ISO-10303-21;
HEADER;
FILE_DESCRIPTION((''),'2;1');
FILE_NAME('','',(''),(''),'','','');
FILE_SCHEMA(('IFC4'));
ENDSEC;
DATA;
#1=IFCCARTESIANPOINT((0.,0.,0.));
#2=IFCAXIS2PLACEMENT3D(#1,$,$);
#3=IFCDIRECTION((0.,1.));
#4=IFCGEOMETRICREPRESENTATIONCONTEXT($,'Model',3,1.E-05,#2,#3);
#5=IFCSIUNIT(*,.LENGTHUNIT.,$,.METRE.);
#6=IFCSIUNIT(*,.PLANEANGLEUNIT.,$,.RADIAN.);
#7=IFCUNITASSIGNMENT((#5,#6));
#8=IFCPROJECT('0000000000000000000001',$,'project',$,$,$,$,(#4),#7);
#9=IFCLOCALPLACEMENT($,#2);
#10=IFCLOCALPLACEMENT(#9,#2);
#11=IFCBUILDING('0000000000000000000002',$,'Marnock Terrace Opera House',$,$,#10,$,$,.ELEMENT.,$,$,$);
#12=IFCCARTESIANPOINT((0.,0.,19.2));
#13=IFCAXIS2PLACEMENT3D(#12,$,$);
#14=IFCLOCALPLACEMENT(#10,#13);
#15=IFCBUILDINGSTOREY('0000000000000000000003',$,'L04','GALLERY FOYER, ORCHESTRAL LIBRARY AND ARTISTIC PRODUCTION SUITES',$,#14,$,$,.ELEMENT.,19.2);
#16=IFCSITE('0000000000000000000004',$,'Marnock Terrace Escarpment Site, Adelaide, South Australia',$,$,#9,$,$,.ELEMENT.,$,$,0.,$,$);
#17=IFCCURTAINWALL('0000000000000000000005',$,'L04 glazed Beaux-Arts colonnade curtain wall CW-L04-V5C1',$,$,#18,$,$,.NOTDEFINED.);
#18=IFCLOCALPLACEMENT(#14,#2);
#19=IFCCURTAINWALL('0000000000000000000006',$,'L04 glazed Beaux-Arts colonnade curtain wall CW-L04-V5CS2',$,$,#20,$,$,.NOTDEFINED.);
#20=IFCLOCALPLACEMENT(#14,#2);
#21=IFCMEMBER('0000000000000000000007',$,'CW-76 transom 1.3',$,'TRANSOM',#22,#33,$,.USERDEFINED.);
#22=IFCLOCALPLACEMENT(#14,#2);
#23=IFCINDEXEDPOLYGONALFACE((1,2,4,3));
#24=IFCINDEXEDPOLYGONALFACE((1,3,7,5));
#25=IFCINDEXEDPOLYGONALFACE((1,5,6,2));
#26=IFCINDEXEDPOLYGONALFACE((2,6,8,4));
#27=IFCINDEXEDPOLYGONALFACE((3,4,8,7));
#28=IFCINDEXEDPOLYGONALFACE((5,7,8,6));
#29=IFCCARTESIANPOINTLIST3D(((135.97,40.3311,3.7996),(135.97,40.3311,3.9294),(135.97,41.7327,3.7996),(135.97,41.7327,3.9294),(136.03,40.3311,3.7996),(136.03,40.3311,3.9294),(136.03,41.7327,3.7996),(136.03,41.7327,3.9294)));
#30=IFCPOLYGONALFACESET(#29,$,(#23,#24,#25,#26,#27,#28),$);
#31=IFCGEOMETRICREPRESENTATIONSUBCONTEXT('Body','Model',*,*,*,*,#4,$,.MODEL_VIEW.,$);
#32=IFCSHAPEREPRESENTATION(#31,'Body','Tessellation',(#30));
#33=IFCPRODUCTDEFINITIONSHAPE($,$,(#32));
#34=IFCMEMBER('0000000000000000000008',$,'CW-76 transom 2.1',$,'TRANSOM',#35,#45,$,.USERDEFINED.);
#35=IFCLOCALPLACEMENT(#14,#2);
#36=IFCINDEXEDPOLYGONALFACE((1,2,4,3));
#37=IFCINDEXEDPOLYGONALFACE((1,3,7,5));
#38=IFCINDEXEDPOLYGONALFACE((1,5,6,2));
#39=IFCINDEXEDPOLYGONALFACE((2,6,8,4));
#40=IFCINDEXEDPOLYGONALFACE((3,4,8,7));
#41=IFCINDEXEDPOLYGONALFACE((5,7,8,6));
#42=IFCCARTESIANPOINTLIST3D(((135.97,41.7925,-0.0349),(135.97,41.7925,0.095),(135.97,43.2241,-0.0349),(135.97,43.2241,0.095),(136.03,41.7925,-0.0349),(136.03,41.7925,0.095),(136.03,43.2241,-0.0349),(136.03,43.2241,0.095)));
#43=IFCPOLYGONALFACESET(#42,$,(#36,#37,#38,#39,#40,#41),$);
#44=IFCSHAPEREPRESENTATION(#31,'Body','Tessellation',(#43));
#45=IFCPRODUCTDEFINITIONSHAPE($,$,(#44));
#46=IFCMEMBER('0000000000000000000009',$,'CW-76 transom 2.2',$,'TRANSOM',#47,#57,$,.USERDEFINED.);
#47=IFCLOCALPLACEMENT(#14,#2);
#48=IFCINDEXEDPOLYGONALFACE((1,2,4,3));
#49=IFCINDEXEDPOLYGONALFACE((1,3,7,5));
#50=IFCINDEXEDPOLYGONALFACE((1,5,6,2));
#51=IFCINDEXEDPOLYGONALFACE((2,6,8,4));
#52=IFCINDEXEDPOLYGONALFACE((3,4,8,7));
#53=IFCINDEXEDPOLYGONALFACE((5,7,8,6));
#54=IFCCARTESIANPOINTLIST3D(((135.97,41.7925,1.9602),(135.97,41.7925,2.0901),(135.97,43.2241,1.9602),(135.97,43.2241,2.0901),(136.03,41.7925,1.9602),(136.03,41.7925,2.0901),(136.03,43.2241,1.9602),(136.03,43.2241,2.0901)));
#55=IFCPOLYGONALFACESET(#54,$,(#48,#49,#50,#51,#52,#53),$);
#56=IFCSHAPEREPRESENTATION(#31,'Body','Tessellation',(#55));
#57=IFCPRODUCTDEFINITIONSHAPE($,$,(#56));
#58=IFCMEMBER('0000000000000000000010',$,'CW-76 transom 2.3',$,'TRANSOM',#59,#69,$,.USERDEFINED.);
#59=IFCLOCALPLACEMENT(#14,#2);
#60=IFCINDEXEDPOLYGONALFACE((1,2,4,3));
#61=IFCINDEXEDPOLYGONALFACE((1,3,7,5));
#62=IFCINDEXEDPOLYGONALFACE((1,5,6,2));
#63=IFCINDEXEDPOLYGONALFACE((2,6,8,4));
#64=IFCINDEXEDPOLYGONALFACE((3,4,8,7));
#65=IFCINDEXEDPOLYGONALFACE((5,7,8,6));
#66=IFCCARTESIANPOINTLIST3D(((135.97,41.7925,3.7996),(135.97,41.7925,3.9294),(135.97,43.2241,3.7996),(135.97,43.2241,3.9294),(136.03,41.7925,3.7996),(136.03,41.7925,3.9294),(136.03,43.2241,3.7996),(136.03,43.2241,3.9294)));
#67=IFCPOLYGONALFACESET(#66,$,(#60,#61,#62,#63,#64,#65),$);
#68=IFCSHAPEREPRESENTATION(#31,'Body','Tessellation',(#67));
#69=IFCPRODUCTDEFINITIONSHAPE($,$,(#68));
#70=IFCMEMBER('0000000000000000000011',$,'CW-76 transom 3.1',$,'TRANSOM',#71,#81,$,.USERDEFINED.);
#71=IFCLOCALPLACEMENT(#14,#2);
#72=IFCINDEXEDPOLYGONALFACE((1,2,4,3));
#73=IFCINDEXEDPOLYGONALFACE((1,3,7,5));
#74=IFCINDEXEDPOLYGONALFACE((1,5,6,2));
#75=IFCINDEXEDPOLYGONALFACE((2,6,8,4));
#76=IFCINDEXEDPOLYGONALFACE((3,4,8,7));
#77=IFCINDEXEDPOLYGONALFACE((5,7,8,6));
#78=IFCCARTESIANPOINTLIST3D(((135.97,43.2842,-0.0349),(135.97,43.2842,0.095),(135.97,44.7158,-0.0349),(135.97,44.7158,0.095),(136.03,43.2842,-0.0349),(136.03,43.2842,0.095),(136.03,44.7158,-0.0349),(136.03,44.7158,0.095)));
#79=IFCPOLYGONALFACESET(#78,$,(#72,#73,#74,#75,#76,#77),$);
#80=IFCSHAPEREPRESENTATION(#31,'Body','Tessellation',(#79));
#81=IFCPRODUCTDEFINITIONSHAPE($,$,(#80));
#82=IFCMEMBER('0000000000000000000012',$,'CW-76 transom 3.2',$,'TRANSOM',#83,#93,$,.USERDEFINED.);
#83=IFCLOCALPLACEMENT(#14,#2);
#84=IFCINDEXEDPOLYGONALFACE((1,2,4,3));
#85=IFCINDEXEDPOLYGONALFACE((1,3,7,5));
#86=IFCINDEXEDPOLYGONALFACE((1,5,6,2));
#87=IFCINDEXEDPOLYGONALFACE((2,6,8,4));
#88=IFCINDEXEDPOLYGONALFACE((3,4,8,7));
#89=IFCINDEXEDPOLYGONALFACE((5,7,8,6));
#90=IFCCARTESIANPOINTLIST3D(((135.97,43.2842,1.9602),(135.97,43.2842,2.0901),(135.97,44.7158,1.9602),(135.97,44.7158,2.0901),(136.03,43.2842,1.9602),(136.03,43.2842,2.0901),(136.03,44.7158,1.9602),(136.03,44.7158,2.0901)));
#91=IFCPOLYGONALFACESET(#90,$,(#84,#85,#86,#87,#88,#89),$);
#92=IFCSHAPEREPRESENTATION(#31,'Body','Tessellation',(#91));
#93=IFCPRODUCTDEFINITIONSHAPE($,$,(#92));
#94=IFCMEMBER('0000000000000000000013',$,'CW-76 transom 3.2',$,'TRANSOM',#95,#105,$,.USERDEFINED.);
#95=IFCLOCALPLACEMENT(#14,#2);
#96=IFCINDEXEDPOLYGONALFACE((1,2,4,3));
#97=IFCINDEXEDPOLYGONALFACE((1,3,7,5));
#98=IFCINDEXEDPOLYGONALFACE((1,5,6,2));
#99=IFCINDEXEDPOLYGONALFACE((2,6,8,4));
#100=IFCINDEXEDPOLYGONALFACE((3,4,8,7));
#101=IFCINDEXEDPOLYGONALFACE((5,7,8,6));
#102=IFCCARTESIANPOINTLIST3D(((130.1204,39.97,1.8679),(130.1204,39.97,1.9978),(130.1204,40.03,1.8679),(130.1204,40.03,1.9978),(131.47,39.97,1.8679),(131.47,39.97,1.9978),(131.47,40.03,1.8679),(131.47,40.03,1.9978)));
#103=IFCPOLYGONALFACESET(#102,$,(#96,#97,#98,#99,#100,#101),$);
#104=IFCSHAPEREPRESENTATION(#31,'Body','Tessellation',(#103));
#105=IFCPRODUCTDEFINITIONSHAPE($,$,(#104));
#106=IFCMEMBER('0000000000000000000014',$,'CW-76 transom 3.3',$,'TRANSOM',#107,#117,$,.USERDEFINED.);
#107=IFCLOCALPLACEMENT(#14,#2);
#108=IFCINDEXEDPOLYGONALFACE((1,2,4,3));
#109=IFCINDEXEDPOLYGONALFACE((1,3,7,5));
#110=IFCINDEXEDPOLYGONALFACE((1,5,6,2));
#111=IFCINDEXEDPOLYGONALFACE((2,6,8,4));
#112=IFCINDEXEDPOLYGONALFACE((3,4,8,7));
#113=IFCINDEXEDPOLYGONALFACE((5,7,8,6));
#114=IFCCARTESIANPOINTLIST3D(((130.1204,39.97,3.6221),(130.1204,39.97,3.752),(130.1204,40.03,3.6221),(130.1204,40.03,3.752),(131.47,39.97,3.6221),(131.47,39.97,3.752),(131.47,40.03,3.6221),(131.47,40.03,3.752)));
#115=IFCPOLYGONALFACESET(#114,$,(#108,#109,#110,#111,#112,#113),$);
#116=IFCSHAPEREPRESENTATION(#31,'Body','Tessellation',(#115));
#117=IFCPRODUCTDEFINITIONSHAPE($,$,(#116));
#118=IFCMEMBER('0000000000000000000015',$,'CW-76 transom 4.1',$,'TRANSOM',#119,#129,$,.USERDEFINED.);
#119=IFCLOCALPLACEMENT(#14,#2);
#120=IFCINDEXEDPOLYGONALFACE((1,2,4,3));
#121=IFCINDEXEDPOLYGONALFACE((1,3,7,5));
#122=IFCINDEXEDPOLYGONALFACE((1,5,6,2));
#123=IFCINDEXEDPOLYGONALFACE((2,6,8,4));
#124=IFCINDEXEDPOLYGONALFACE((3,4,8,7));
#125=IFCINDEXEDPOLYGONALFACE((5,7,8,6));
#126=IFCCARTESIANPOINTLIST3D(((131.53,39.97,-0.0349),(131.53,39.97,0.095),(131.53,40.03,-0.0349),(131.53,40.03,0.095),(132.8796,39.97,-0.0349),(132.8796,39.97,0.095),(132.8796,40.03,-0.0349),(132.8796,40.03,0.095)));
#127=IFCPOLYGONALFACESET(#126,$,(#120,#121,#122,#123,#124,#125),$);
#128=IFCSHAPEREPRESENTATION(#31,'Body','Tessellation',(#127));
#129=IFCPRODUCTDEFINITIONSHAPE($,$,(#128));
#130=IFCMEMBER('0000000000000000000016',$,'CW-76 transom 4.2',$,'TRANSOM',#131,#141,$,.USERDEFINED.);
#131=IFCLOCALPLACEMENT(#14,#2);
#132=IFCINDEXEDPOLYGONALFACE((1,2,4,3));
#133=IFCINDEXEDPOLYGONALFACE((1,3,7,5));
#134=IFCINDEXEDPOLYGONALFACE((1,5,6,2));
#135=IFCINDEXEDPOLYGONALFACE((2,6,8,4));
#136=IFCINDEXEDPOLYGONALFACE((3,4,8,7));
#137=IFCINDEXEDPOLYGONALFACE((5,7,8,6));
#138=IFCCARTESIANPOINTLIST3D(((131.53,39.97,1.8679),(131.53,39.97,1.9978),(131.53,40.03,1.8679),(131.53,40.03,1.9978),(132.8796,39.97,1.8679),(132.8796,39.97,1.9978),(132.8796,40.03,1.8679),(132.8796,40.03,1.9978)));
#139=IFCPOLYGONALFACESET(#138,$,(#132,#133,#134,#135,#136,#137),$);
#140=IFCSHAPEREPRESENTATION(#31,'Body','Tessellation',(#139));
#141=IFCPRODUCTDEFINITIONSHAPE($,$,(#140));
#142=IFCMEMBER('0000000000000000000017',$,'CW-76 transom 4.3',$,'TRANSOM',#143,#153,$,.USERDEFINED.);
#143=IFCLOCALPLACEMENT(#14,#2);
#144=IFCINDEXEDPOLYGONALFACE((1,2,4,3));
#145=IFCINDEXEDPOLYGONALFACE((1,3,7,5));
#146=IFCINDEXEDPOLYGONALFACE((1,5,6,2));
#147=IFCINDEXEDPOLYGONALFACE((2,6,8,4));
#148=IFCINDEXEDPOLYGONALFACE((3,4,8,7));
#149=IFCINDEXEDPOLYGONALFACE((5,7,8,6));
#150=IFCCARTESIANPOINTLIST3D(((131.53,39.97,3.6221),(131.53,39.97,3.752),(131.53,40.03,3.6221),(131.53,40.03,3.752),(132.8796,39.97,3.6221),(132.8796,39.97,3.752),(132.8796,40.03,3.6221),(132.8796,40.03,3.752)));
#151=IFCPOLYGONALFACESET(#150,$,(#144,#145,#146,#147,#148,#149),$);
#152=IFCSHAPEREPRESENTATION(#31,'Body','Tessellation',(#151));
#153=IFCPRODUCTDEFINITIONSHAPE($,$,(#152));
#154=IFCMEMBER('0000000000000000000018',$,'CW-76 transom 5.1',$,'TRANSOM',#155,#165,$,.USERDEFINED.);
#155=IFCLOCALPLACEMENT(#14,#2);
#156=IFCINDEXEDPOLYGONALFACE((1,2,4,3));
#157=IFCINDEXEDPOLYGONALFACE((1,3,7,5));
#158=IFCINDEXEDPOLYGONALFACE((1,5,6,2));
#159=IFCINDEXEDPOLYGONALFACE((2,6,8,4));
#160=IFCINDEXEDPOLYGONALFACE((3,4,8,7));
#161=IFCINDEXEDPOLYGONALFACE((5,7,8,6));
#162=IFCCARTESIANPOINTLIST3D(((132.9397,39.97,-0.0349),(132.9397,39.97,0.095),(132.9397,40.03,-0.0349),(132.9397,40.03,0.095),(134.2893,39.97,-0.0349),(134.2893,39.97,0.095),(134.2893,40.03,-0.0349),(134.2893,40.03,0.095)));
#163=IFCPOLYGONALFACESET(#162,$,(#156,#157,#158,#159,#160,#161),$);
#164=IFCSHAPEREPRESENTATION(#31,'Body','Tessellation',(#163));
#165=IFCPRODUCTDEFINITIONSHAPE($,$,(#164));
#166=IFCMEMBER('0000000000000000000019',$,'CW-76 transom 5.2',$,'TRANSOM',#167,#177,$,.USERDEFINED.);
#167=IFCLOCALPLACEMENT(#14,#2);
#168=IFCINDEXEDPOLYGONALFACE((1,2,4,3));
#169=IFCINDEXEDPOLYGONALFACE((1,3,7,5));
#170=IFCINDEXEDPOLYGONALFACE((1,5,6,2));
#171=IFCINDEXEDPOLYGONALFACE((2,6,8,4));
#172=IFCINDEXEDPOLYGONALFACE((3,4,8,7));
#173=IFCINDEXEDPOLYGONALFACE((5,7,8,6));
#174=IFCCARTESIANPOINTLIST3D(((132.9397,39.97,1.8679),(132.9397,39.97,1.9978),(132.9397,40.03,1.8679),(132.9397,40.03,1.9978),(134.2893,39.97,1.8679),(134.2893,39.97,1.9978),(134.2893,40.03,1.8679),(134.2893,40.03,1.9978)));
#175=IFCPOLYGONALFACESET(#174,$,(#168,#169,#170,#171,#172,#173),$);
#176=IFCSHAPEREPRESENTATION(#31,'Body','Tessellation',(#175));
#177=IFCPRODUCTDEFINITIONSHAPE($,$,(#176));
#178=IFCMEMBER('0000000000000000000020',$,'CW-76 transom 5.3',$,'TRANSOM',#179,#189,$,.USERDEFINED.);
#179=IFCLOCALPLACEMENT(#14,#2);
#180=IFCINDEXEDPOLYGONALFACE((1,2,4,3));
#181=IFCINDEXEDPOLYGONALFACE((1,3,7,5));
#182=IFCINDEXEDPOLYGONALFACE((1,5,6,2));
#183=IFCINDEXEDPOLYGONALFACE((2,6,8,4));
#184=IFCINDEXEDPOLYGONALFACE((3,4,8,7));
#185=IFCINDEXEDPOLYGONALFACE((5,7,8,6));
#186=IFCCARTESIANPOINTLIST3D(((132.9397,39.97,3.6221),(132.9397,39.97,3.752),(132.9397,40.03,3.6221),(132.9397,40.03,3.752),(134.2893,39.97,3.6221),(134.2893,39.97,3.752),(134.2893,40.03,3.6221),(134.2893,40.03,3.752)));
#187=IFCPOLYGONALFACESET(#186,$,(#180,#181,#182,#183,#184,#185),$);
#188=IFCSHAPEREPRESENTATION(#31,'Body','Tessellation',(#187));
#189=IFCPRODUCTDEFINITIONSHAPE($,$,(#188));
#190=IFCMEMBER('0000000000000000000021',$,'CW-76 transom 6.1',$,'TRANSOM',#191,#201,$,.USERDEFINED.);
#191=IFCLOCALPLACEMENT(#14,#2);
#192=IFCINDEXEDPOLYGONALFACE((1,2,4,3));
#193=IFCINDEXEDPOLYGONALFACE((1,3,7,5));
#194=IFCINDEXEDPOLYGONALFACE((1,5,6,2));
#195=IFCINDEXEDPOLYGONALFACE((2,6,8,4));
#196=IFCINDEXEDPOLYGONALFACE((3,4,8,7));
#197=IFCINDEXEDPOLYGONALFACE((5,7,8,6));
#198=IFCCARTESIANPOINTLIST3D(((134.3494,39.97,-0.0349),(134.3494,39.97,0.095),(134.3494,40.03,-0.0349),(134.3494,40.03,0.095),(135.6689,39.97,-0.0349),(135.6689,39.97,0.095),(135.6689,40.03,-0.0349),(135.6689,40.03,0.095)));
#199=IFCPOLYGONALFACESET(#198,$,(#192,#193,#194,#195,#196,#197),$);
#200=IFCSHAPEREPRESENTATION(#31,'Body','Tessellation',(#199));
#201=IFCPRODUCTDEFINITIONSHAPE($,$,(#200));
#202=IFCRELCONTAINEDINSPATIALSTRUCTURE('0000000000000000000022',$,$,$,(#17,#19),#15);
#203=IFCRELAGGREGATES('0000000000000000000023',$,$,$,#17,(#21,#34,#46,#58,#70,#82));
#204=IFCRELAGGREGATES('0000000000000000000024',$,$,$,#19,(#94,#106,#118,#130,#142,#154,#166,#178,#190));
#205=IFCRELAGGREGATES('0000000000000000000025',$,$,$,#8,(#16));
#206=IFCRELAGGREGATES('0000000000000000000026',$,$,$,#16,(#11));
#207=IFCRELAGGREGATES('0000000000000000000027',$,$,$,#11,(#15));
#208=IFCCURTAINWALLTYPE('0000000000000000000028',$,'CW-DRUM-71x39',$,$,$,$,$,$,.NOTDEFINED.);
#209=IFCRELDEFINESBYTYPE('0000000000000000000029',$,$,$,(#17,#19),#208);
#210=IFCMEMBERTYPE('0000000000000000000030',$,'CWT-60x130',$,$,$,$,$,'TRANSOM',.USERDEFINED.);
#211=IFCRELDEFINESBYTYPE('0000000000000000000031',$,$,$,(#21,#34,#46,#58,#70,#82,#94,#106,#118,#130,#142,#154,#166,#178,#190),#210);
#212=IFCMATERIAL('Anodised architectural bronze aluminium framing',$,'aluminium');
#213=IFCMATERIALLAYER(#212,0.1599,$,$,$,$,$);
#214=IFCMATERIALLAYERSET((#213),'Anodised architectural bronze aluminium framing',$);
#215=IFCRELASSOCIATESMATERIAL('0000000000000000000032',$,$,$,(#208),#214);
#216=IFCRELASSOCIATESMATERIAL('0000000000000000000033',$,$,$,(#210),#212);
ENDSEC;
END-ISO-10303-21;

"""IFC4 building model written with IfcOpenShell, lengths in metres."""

from ifc_helpers import new_model, si_unit, direction, frame, origin, origin_2d, place, context, subcontext, project, spatial, rectangle, extrude, material, layer, layer_set, material_profile, profile_set, type_object, element, aggregate, save


model = new_model("IFC4")

# Units and contexts
model_context = context("Model", 3, precision=1e-05, world=origin(), true_north=direction((0.0, 1.0)))
body_context = subcontext(model_context, "Body", "Model", "MODEL_VIEW")
ifc_project = project(units=[si_unit("LENGTHUNIT", "METRE"), si_unit("PLANEANGLEUNIT", "RADIAN")], contexts=[model_context])

# Site, building, storey
site_placement = place(None, origin())
site = spatial("IfcSite", under=ifc_project, at=site_placement, Name="Marnock Terrace Escarpment Site, Adelaide, South Australia", CompositionType="ELEMENT", RefElevation=0.0)
building_placement = place(site_placement, origin())
building = spatial("IfcBuilding", under=site, at=building_placement, Name="Marnock Terrace Opera House", CompositionType="ELEMENT")
storey_placement = place(building_placement, frame((0.0, 0.0, 19.2)))
storey = spatial("IfcBuildingStorey", under=building, at=storey_placement, Name="L04", Description="GALLERY FOYER, ORCHESTRAL LIBRARY AND ARTISTIC PRODUCTION SUITES", CompositionType="ELEMENT", Elevation=19.2)

# Curtain walls
ifc_material_1 = material(Name="Anodised architectural bronze aluminium framing", Category="aluminium")
ifc_layer_1 = layer(ifc_material_1, 0.1599)
ifc_layer_set_1 = layer_set([ifc_layer_1], Name="Anodised architectural bronze aluminium framing")
curtain_wall_type = type_object("IfcCurtainWallType", Name="CW-DRUM-71x39", PredefinedType="NOTDEFINED", material=ifc_layer_set_1)
curtain_wall_1_placement = place(storey_placement, origin())
curtain_wall_1 = element("IfcCurtainWall", 1, at=curtain_wall_1_placement, inside=storey, type_object=curtain_wall_type, Name="L04 glazed Beaux-Arts colonnade curtain wall CW-L04-V5C1", PredefinedType="NOTDEFINED")
curtain_wall_2_placement = place(storey_placement, origin())
curtain_wall_2 = element("IfcCurtainWall", 2, at=curtain_wall_2_placement, inside=storey, type_object=curtain_wall_type, Name="L04 glazed Beaux-Arts colonnade curtain wall CW-L04-V5CS2", PredefinedType="NOTDEFINED")

# Members
ifc_material_profile_1 = material_profile(ifc_material_1, rectangle(XDim=0.0601, YDim=0.1299, at=origin_2d()))
ifc_profile_set_1 = profile_set([ifc_material_profile_1], Name="Anodised architectural bronze aluminium framing")
member_type_1 = type_object("IfcMemberType", Name="CWT-60x130", ElementType="TRANSOM", PredefinedType="USERDEFINED", material=ifc_profile_set_1)
member_1_placement = place(storey_placement, frame((136.0, 40.3311, 3.8645), z_axis=(0.0, 1.0, 0.0), x_axis=(-1.0, 0.0, 0.0)))
member_1 = element("IfcMember", 3, at=member_1_placement, type_object=member_type_1, Name="CW-76 transom 1.3", ObjectType="TRANSOM", PredefinedType="USERDEFINED", context=body_context, shape_type="SweptSolid", body=[
    extrude(rectangle(XDim=0.0601, YDim=0.1299, at=origin_2d()), origin(), (0.0, 0.0, 1.0), 1.4016),
])
member_2_placement = place(storey_placement, frame((136.0, 41.7925, 0.03), z_axis=(0.0, 1.0, 0.0), x_axis=(-1.0, 0.0, 0.0)))
member_2 = element("IfcMember", 4, at=member_2_placement, type_object=member_type_1, Name="CW-76 transom 2.1", ObjectType="TRANSOM", PredefinedType="USERDEFINED", context=body_context, shape_type="SweptSolid", body=[
    extrude(rectangle(XDim=0.0601, YDim=0.1299, at=origin_2d()), origin(), (0.0, 0.0, 1.0), 1.4316),
])
member_3_placement = place(storey_placement, frame((136.0, 41.7925, 2.0251), z_axis=(0.0, 1.0, 0.0), x_axis=(-1.0, 0.0, 0.0)))
member_3 = element("IfcMember", 5, at=member_3_placement, type_object=member_type_1, Name="CW-76 transom 2.2", ObjectType="TRANSOM", PredefinedType="USERDEFINED", context=body_context, shape_type="SweptSolid", body=[
    extrude(rectangle(XDim=0.0601, YDim=0.1299, at=origin_2d()), origin(), (0.0, 0.0, 1.0), 1.4316),
])
member_4_placement = place(storey_placement, frame((136.0, 41.7925, 3.8645), z_axis=(0.0, 1.0, 0.0), x_axis=(-1.0, 0.0, 0.0)))
member_4 = element("IfcMember", 6, at=member_4_placement, type_object=member_type_1, Name="CW-76 transom 2.3", ObjectType="TRANSOM", PredefinedType="USERDEFINED", context=body_context, shape_type="SweptSolid", body=[
    extrude(rectangle(XDim=0.0601, YDim=0.1299, at=origin_2d()), origin(), (0.0, 0.0, 1.0), 1.4316),
])
member_5_placement = place(storey_placement, frame((136.0, 43.2842, 0.03), z_axis=(0.0, 1.0, 0.0), x_axis=(-1.0, 0.0, 0.0)))
member_5 = element("IfcMember", 7, at=member_5_placement, type_object=member_type_1, Name="CW-76 transom 3.1", ObjectType="TRANSOM", PredefinedType="USERDEFINED", context=body_context, shape_type="SweptSolid", body=[
    extrude(rectangle(XDim=0.0601, YDim=0.1299, at=origin_2d()), origin(), (0.0, 0.0, 1.0), 1.4316),
])
member_6_placement = place(storey_placement, frame((136.0, 43.2842, 2.0251), z_axis=(0.0, 1.0, 0.0), x_axis=(-1.0, 0.0, 0.0)))
member_6 = element("IfcMember", 8, at=member_6_placement, type_object=member_type_1, Name="CW-76 transom 3.2", ObjectType="TRANSOM", PredefinedType="USERDEFINED", context=body_context, shape_type="SweptSolid", body=[
    extrude(rectangle(XDim=0.0601, YDim=0.1299, at=origin_2d()), origin(), (0.0, 0.0, 1.0), 1.4316),
])
member_7_placement = place(storey_placement, frame((130.1204, 40.0, 1.9329), z_axis=(1.0, 0.0, 0.0), x_axis=(0.0, 1.0, 0.0)))
member_7 = element("IfcMember", 9, at=member_7_placement, type_object=member_type_1, Name="CW-76 transom 3.2", ObjectType="TRANSOM", PredefinedType="USERDEFINED", context=body_context, shape_type="SweptSolid", body=[
    extrude(rectangle(XDim=0.0601, YDim=0.1299, at=origin_2d()), origin(), (0.0, 0.0, 1.0), 1.3496),
])
member_8_placement = place(storey_placement, frame((130.1204, 40.0, 3.687), z_axis=(1.0, 0.0, 0.0), x_axis=(0.0, 1.0, 0.0)))
member_8 = element("IfcMember", 10, at=member_8_placement, type_object=member_type_1, Name="CW-76 transom 3.3", ObjectType="TRANSOM", PredefinedType="USERDEFINED", context=body_context, shape_type="SweptSolid", body=[
    extrude(rectangle(XDim=0.0601, YDim=0.1299, at=origin_2d()), origin(), (0.0, 0.0, 1.0), 1.3496),
])
member_9_placement = place(storey_placement, frame((131.53, 40.0, 0.03), z_axis=(1.0, 0.0, 0.0), x_axis=(0.0, 1.0, 0.0)))
member_9 = element("IfcMember", 11, at=member_9_placement, type_object=member_type_1, Name="CW-76 transom 4.1", ObjectType="TRANSOM", PredefinedType="USERDEFINED", context=body_context, shape_type="SweptSolid", body=[
    extrude(rectangle(XDim=0.0601, YDim=0.1299, at=origin_2d()), origin(), (0.0, 0.0, 1.0), 1.3496),
])
member_10_placement = place(storey_placement, frame((131.53, 40.0, 1.9329), z_axis=(1.0, 0.0, 0.0), x_axis=(0.0, 1.0, 0.0)))
member_10 = element("IfcMember", 12, at=member_10_placement, type_object=member_type_1, Name="CW-76 transom 4.2", ObjectType="TRANSOM", PredefinedType="USERDEFINED", context=body_context, shape_type="SweptSolid", body=[
    extrude(rectangle(XDim=0.0601, YDim=0.1299, at=origin_2d()), origin(), (0.0, 0.0, 1.0), 1.3496),
])
member_11_placement = place(storey_placement, frame((131.53, 40.0, 3.687), z_axis=(1.0, 0.0, 0.0), x_axis=(0.0, 1.0, 0.0)))
member_11 = element("IfcMember", 13, at=member_11_placement, type_object=member_type_1, Name="CW-76 transom 4.3", ObjectType="TRANSOM", PredefinedType="USERDEFINED", context=body_context, shape_type="SweptSolid", body=[
    extrude(rectangle(XDim=0.0601, YDim=0.1299, at=origin_2d()), origin(), (0.0, 0.0, 1.0), 1.3496),
])
member_12_placement = place(storey_placement, frame((132.9397, 40.0, 0.03), z_axis=(1.0, 0.0, 0.0), x_axis=(0.0, 1.0, 0.0)))
member_12 = element("IfcMember", 14, at=member_12_placement, type_object=member_type_1, Name="CW-76 transom 5.1", ObjectType="TRANSOM", PredefinedType="USERDEFINED", context=body_context, shape_type="SweptSolid", body=[
    extrude(rectangle(XDim=0.0601, YDim=0.1299, at=origin_2d()), origin(), (0.0, 0.0, 1.0), 1.3496),
])
member_13_placement = place(storey_placement, frame((132.9397, 40.0, 1.9329), z_axis=(1.0, 0.0, 0.0), x_axis=(0.0, 1.0, 0.0)))
member_13 = element("IfcMember", 15, at=member_13_placement, type_object=member_type_1, Name="CW-76 transom 5.2", ObjectType="TRANSOM", PredefinedType="USERDEFINED", context=body_context, shape_type="SweptSolid", body=[
    extrude(rectangle(XDim=0.0601, YDim=0.1299, at=origin_2d()), origin(), (0.0, 0.0, 1.0), 1.3496),
])
member_14_placement = place(storey_placement, frame((132.9397, 40.0, 3.687), z_axis=(1.0, 0.0, 0.0), x_axis=(0.0, 1.0, 0.0)))
member_14 = element("IfcMember", 16, at=member_14_placement, type_object=member_type_1, Name="CW-76 transom 5.3", ObjectType="TRANSOM", PredefinedType="USERDEFINED", context=body_context, shape_type="SweptSolid", body=[
    extrude(rectangle(XDim=0.0601, YDim=0.1299, at=origin_2d()), origin(), (0.0, 0.0, 1.0), 1.3496),
])
member_15_placement = place(storey_placement, frame((134.3494, 40.0, 0.03), z_axis=(1.0, 0.0, 0.0), x_axis=(0.0, 1.0, 0.0)))
member_15 = element("IfcMember", 17, at=member_15_placement, type_object=member_type_1, Name="CW-76 transom 6.1", ObjectType="TRANSOM", PredefinedType="USERDEFINED", context=body_context, shape_type="SweptSolid", body=[
    extrude(rectangle(XDim=0.0601, YDim=0.1299, at=origin_2d()), origin(), (0.0, 0.0, 1.0), 1.3196),
])

aggregate(curtain_wall_1, [member_1, member_2, member_3, member_4, member_5, member_6])
aggregate(curtain_wall_2, [member_7, member_8, member_9, member_10, member_11, member_12, member_13, member_14, member_15])

save(model, "model.ifc")
